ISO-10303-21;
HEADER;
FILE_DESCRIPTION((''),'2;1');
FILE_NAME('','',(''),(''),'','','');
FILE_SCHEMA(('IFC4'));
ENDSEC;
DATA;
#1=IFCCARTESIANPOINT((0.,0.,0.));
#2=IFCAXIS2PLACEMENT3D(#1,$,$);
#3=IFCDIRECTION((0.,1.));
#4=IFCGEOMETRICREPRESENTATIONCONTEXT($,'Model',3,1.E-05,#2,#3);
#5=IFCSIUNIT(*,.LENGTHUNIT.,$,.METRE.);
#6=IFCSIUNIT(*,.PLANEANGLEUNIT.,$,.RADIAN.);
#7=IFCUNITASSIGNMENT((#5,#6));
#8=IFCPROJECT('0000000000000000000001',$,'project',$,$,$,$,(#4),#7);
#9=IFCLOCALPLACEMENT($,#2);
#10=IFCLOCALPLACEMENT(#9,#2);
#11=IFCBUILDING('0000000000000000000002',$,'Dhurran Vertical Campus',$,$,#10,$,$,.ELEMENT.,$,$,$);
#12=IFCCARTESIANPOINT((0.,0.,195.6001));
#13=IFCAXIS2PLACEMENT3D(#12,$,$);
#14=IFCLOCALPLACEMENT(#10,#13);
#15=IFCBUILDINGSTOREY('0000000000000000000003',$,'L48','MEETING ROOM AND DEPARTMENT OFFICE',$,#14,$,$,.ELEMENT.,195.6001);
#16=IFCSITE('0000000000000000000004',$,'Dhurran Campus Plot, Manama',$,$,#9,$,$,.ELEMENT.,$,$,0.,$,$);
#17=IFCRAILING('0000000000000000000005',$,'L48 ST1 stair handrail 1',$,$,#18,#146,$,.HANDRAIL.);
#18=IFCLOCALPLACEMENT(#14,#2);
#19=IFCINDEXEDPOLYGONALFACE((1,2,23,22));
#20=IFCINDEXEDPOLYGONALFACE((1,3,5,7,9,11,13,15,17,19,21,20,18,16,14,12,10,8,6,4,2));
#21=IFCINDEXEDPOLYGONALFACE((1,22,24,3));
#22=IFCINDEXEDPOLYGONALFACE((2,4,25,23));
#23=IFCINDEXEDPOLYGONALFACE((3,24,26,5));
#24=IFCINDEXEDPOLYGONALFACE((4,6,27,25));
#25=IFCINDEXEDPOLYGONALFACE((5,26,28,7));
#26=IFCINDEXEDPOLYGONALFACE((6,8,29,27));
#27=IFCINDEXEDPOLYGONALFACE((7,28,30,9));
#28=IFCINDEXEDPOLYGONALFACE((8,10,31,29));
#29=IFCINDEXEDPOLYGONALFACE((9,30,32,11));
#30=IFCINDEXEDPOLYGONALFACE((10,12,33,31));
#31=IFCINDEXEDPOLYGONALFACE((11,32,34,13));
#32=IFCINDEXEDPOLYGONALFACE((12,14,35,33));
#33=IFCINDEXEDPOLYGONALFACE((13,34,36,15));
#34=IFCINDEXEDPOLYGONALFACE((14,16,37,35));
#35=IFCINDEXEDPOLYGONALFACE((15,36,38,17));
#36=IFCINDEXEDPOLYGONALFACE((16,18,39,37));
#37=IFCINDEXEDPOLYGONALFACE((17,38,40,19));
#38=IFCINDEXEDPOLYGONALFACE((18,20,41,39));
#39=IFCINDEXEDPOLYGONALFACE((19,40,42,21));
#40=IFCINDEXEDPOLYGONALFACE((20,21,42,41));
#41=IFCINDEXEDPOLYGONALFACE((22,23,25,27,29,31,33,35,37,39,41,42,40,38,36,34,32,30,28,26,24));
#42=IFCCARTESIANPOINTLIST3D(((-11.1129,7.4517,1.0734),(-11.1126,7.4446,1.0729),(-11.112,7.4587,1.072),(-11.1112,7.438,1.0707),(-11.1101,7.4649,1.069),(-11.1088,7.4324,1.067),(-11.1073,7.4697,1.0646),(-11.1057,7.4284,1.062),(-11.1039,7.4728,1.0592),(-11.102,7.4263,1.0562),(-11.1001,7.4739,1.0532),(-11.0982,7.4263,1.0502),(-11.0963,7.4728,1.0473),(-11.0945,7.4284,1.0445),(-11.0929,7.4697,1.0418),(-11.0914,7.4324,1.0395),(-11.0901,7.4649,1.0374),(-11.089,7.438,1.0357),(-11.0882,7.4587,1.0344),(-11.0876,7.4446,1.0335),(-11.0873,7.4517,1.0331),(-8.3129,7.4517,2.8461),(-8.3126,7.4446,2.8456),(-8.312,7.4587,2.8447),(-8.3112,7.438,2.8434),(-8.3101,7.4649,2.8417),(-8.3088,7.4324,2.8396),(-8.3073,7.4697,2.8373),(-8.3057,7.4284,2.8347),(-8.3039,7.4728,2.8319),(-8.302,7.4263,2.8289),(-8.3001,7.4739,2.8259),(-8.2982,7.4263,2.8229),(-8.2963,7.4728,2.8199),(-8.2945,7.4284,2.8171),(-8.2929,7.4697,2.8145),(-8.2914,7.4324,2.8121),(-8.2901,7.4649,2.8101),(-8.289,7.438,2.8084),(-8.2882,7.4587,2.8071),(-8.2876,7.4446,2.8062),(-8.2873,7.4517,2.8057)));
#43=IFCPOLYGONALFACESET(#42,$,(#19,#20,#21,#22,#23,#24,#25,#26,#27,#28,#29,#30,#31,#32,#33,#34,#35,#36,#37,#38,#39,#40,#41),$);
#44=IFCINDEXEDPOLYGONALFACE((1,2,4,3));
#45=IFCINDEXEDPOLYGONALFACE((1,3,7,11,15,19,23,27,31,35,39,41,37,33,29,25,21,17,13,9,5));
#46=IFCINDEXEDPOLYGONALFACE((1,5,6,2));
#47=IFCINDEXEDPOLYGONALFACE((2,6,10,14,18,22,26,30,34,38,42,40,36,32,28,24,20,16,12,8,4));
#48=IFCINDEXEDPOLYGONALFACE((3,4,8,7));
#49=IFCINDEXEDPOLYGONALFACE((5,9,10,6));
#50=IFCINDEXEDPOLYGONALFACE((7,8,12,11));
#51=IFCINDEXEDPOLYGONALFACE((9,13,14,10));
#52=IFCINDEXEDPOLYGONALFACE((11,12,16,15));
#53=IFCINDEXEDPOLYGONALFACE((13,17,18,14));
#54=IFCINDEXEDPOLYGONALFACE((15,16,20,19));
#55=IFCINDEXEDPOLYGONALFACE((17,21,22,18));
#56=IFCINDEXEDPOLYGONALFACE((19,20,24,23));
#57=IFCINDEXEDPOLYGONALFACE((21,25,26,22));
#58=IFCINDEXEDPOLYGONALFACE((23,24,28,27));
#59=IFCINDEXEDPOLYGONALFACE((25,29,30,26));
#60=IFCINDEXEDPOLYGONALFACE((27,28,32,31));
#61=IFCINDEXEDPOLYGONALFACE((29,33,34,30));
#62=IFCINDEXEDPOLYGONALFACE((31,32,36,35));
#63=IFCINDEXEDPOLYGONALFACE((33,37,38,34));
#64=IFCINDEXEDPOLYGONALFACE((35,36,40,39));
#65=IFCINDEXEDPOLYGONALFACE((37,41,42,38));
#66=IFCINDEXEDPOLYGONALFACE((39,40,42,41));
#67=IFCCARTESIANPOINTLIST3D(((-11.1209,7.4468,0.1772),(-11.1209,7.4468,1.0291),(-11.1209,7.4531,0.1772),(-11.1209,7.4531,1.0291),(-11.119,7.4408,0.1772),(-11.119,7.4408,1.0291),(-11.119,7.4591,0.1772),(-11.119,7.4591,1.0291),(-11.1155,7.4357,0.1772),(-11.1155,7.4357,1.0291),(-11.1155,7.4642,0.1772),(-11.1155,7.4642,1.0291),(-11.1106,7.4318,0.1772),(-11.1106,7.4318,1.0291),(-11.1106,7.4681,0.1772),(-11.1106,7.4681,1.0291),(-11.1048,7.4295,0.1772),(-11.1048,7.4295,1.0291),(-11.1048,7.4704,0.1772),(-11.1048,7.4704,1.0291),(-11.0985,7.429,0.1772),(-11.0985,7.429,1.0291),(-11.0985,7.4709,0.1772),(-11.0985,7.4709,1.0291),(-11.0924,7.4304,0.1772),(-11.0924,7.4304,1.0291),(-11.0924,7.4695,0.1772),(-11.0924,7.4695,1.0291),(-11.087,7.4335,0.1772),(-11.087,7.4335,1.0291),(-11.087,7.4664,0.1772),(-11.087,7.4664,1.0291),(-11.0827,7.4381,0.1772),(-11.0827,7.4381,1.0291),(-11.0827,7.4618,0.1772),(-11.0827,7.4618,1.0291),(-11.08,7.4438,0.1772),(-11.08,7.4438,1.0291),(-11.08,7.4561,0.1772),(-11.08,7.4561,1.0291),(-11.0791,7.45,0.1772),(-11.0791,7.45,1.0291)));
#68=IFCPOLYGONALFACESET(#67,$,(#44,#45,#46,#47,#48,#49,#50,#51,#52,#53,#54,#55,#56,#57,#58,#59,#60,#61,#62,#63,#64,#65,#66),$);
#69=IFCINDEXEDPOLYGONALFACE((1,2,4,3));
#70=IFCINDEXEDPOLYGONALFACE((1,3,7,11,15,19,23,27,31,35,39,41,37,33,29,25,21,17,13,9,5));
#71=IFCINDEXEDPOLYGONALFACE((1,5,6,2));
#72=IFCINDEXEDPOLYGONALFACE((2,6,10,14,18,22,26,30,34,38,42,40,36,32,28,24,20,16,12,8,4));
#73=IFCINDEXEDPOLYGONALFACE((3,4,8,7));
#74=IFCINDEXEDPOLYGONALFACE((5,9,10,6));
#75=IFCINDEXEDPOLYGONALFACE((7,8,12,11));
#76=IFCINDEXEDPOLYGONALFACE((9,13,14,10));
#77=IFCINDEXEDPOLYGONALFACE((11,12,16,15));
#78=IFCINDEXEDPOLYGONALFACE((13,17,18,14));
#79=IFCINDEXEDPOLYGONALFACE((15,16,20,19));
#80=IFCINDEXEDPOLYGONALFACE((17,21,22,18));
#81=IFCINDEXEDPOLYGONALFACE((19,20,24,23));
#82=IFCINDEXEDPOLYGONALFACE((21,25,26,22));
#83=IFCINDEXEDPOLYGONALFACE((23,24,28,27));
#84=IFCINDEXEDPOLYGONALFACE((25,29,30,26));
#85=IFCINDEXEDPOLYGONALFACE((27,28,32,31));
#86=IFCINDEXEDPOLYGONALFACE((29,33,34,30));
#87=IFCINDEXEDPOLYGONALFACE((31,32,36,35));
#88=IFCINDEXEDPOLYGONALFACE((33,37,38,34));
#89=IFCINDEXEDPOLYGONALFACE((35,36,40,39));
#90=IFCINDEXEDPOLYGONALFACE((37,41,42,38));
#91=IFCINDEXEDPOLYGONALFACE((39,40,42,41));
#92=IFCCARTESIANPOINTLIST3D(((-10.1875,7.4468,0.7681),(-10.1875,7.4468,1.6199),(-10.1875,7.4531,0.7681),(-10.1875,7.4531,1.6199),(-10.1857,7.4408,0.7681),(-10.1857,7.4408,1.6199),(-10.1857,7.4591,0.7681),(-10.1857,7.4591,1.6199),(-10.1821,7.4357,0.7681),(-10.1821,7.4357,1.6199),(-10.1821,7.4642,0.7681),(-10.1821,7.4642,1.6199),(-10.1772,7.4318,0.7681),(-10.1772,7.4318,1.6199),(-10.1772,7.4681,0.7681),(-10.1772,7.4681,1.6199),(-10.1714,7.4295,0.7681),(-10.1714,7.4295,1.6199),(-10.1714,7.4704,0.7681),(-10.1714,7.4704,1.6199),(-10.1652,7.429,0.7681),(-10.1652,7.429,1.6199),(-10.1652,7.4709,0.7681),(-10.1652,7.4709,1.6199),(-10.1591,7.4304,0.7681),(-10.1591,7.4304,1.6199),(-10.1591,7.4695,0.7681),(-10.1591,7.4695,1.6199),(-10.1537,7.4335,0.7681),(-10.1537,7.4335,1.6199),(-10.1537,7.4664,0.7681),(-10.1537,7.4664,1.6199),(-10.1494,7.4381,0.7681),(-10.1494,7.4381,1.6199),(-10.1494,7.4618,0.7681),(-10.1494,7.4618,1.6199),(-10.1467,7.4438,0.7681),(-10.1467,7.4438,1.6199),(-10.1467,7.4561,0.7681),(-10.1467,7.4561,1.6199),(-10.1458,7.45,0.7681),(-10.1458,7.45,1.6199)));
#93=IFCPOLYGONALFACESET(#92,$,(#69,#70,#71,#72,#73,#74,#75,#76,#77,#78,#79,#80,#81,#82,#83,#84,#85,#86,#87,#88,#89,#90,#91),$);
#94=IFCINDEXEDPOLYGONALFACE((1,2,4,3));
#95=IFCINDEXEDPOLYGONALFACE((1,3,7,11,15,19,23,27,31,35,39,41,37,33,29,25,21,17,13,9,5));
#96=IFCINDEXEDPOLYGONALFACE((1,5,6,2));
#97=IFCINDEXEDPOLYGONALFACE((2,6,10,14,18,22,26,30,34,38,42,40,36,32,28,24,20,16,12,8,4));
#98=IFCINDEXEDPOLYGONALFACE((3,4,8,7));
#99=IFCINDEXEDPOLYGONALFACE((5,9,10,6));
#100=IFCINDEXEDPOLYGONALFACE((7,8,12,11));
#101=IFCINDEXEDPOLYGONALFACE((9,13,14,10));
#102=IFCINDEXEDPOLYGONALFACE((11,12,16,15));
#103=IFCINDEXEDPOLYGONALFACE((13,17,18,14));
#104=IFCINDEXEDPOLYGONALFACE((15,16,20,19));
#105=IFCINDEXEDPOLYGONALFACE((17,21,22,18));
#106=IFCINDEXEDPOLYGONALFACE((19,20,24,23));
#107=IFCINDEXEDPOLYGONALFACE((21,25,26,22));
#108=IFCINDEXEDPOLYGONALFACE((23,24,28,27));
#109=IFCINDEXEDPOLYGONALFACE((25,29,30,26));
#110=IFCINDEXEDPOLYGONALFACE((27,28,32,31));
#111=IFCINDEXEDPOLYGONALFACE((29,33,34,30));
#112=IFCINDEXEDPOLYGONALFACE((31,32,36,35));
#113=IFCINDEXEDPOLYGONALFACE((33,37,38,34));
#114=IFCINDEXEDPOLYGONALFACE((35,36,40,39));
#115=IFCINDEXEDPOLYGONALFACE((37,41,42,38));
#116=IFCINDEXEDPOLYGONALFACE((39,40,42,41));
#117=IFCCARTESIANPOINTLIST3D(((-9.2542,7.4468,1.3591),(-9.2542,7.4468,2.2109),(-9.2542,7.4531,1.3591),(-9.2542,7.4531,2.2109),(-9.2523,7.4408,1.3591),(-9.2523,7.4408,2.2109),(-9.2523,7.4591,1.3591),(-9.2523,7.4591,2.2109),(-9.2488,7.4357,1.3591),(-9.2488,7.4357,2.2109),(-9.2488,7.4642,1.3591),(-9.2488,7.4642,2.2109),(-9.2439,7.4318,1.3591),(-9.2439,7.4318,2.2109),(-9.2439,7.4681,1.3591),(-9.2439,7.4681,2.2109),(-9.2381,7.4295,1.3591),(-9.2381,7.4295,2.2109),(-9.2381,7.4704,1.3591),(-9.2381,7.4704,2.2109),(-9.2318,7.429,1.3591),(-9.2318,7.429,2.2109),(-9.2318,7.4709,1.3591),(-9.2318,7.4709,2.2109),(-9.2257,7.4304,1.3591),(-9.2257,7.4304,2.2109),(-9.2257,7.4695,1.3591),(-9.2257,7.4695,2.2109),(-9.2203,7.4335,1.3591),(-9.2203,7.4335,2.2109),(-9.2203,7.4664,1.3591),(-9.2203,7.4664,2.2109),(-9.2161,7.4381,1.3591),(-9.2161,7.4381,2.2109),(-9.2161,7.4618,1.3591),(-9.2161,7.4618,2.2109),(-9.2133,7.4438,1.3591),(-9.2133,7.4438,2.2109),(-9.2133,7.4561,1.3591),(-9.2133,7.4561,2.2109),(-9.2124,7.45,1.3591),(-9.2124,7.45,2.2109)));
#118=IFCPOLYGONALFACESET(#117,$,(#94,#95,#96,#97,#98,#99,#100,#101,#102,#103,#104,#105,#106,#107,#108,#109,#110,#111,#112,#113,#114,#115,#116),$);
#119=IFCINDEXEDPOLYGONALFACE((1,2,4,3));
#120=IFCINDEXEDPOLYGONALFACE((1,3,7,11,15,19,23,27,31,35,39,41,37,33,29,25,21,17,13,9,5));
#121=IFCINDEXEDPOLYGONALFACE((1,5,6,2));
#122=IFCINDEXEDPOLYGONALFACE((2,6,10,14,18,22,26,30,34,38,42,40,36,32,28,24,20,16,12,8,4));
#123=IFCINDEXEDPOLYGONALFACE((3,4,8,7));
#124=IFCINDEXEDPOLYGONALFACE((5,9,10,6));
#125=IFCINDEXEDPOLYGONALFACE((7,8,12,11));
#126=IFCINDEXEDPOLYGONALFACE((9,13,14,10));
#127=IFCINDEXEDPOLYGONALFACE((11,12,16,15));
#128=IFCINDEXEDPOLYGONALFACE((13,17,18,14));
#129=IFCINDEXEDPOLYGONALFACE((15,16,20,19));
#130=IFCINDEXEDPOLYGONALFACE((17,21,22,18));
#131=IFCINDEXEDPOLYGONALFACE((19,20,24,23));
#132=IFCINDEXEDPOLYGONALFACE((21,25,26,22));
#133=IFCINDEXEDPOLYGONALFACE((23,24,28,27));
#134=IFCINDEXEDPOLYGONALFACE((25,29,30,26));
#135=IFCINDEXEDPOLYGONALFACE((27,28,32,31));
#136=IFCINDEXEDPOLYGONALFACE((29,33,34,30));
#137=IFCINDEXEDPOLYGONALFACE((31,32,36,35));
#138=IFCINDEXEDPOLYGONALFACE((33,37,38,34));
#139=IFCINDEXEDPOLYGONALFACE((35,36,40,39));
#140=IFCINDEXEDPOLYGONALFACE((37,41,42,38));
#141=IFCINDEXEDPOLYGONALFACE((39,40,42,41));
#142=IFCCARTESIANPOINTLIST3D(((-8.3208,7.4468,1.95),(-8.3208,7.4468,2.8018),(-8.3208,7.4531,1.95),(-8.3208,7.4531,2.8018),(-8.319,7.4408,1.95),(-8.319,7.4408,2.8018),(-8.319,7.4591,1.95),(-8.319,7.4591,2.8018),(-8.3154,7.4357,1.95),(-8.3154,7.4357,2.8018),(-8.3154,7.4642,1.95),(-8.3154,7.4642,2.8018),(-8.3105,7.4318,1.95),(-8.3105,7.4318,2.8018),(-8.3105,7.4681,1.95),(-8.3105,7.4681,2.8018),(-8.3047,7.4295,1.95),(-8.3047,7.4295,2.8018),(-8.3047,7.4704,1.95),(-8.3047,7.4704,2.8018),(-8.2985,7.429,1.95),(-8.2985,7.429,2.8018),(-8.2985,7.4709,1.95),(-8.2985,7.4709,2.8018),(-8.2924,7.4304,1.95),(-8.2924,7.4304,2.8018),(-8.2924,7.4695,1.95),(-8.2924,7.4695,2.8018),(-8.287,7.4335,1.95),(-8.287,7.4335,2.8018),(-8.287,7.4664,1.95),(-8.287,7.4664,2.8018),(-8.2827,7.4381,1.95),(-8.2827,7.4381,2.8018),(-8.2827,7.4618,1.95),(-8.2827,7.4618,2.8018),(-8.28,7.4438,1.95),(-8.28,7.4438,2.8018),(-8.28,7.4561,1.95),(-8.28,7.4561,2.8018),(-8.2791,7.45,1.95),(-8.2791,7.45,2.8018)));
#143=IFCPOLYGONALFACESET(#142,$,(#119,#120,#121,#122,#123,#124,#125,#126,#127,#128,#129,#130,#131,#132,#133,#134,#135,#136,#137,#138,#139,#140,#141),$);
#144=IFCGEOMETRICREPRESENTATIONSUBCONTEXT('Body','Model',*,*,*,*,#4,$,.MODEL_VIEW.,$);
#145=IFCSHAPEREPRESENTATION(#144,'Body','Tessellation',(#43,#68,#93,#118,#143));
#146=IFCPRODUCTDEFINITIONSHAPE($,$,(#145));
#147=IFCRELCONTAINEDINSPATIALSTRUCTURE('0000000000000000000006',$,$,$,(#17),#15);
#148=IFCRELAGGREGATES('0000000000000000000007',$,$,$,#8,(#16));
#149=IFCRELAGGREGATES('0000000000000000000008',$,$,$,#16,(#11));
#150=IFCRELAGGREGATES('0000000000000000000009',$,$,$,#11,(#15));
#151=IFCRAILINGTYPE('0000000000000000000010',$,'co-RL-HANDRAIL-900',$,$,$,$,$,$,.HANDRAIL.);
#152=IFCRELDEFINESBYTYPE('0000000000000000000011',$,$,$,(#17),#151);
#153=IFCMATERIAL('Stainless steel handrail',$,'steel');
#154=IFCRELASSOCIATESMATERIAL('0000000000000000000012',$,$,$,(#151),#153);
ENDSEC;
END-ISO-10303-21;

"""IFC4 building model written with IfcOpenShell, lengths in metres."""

from ifc_helpers import new_model, si_unit, direction, frame, origin, origin_2d, place, context, subcontext, project, spatial, circle, extrude, material, type_object, element, save


model = new_model("IFC4")

# Units and contexts
model_context = context("Model", 3, precision=1e-05, world=origin(), true_north=direction((0.0, 1.0)))
body_context = subcontext(model_context, "Body", "Model", "MODEL_VIEW")
ifc_project = project(units=[si_unit("LENGTHUNIT", "METRE"), si_unit("PLANEANGLEUNIT", "RADIAN")], contexts=[model_context])

# Site, building, storey
site_placement = place(None, origin())
site = spatial("IfcSite", under=ifc_project, at=site_placement, Name="Dhurran Campus Plot, Manama", CompositionType="ELEMENT", RefElevation=0.0)
building_placement = place(site_placement, origin())
building = spatial("IfcBuilding", under=site, at=building_placement, Name="Dhurran Vertical Campus", CompositionType="ELEMENT")
storey_placement = place(building_placement, frame((0.0, 0.0, 195.6001)))
storey = spatial("IfcBuildingStorey", under=building, at=storey_placement, Name="L48", Description="MEETING ROOM AND DEPARTMENT OFFICE", CompositionType="ELEMENT", Elevation=195.6001)

# Railing
ifc_material_1 = material(Name="Stainless steel handrail", Category="steel")
railing_type_1 = type_object("IfcRailingType", Name="co-RL-HANDRAIL-900", PredefinedType="HANDRAIL", material=ifc_material_1)
railing_1_placement = place(storey_placement, frame((-11.1001, 7.45, 0.1772)))
element("IfcRailing", 1, at=railing_1_placement, inside=storey, type_object=railing_type_1, Name="L48 ST1 stair handrail 1", PredefinedType="HANDRAIL", context=body_context, shape_type="SweptSolid", body=[
    extrude(circle(Radius=0.0239, at=origin_2d()), frame((0.0, 0.0, 0.876), z_axis=(0.844909, 0.0, 0.53491), x_axis=(0.0, 1.0, 0.0)), (0.0, 0.0, 1.0), 3.314),
    extrude(circle(Radius=0.021, at=origin_2d()), origin(), (0.0, 0.0, 1.0), 0.8518),
    extrude(circle(Radius=0.021, at=origin_2d()), frame((0.9333, 0.0, 0.5908)), (0.0, 0.0, 1.0), 0.8518),
    extrude(circle(Radius=0.021, at=origin_2d()), frame((1.8667, 0.0, 1.1819)), (0.0, 0.0, 1.0), 0.8518),
    extrude(circle(Radius=0.021, at=origin_2d()), frame((2.8, 0.0, 1.7727)), (0.0, 0.0, 1.0), 0.8518),
])

save(model, "model.ifc")
